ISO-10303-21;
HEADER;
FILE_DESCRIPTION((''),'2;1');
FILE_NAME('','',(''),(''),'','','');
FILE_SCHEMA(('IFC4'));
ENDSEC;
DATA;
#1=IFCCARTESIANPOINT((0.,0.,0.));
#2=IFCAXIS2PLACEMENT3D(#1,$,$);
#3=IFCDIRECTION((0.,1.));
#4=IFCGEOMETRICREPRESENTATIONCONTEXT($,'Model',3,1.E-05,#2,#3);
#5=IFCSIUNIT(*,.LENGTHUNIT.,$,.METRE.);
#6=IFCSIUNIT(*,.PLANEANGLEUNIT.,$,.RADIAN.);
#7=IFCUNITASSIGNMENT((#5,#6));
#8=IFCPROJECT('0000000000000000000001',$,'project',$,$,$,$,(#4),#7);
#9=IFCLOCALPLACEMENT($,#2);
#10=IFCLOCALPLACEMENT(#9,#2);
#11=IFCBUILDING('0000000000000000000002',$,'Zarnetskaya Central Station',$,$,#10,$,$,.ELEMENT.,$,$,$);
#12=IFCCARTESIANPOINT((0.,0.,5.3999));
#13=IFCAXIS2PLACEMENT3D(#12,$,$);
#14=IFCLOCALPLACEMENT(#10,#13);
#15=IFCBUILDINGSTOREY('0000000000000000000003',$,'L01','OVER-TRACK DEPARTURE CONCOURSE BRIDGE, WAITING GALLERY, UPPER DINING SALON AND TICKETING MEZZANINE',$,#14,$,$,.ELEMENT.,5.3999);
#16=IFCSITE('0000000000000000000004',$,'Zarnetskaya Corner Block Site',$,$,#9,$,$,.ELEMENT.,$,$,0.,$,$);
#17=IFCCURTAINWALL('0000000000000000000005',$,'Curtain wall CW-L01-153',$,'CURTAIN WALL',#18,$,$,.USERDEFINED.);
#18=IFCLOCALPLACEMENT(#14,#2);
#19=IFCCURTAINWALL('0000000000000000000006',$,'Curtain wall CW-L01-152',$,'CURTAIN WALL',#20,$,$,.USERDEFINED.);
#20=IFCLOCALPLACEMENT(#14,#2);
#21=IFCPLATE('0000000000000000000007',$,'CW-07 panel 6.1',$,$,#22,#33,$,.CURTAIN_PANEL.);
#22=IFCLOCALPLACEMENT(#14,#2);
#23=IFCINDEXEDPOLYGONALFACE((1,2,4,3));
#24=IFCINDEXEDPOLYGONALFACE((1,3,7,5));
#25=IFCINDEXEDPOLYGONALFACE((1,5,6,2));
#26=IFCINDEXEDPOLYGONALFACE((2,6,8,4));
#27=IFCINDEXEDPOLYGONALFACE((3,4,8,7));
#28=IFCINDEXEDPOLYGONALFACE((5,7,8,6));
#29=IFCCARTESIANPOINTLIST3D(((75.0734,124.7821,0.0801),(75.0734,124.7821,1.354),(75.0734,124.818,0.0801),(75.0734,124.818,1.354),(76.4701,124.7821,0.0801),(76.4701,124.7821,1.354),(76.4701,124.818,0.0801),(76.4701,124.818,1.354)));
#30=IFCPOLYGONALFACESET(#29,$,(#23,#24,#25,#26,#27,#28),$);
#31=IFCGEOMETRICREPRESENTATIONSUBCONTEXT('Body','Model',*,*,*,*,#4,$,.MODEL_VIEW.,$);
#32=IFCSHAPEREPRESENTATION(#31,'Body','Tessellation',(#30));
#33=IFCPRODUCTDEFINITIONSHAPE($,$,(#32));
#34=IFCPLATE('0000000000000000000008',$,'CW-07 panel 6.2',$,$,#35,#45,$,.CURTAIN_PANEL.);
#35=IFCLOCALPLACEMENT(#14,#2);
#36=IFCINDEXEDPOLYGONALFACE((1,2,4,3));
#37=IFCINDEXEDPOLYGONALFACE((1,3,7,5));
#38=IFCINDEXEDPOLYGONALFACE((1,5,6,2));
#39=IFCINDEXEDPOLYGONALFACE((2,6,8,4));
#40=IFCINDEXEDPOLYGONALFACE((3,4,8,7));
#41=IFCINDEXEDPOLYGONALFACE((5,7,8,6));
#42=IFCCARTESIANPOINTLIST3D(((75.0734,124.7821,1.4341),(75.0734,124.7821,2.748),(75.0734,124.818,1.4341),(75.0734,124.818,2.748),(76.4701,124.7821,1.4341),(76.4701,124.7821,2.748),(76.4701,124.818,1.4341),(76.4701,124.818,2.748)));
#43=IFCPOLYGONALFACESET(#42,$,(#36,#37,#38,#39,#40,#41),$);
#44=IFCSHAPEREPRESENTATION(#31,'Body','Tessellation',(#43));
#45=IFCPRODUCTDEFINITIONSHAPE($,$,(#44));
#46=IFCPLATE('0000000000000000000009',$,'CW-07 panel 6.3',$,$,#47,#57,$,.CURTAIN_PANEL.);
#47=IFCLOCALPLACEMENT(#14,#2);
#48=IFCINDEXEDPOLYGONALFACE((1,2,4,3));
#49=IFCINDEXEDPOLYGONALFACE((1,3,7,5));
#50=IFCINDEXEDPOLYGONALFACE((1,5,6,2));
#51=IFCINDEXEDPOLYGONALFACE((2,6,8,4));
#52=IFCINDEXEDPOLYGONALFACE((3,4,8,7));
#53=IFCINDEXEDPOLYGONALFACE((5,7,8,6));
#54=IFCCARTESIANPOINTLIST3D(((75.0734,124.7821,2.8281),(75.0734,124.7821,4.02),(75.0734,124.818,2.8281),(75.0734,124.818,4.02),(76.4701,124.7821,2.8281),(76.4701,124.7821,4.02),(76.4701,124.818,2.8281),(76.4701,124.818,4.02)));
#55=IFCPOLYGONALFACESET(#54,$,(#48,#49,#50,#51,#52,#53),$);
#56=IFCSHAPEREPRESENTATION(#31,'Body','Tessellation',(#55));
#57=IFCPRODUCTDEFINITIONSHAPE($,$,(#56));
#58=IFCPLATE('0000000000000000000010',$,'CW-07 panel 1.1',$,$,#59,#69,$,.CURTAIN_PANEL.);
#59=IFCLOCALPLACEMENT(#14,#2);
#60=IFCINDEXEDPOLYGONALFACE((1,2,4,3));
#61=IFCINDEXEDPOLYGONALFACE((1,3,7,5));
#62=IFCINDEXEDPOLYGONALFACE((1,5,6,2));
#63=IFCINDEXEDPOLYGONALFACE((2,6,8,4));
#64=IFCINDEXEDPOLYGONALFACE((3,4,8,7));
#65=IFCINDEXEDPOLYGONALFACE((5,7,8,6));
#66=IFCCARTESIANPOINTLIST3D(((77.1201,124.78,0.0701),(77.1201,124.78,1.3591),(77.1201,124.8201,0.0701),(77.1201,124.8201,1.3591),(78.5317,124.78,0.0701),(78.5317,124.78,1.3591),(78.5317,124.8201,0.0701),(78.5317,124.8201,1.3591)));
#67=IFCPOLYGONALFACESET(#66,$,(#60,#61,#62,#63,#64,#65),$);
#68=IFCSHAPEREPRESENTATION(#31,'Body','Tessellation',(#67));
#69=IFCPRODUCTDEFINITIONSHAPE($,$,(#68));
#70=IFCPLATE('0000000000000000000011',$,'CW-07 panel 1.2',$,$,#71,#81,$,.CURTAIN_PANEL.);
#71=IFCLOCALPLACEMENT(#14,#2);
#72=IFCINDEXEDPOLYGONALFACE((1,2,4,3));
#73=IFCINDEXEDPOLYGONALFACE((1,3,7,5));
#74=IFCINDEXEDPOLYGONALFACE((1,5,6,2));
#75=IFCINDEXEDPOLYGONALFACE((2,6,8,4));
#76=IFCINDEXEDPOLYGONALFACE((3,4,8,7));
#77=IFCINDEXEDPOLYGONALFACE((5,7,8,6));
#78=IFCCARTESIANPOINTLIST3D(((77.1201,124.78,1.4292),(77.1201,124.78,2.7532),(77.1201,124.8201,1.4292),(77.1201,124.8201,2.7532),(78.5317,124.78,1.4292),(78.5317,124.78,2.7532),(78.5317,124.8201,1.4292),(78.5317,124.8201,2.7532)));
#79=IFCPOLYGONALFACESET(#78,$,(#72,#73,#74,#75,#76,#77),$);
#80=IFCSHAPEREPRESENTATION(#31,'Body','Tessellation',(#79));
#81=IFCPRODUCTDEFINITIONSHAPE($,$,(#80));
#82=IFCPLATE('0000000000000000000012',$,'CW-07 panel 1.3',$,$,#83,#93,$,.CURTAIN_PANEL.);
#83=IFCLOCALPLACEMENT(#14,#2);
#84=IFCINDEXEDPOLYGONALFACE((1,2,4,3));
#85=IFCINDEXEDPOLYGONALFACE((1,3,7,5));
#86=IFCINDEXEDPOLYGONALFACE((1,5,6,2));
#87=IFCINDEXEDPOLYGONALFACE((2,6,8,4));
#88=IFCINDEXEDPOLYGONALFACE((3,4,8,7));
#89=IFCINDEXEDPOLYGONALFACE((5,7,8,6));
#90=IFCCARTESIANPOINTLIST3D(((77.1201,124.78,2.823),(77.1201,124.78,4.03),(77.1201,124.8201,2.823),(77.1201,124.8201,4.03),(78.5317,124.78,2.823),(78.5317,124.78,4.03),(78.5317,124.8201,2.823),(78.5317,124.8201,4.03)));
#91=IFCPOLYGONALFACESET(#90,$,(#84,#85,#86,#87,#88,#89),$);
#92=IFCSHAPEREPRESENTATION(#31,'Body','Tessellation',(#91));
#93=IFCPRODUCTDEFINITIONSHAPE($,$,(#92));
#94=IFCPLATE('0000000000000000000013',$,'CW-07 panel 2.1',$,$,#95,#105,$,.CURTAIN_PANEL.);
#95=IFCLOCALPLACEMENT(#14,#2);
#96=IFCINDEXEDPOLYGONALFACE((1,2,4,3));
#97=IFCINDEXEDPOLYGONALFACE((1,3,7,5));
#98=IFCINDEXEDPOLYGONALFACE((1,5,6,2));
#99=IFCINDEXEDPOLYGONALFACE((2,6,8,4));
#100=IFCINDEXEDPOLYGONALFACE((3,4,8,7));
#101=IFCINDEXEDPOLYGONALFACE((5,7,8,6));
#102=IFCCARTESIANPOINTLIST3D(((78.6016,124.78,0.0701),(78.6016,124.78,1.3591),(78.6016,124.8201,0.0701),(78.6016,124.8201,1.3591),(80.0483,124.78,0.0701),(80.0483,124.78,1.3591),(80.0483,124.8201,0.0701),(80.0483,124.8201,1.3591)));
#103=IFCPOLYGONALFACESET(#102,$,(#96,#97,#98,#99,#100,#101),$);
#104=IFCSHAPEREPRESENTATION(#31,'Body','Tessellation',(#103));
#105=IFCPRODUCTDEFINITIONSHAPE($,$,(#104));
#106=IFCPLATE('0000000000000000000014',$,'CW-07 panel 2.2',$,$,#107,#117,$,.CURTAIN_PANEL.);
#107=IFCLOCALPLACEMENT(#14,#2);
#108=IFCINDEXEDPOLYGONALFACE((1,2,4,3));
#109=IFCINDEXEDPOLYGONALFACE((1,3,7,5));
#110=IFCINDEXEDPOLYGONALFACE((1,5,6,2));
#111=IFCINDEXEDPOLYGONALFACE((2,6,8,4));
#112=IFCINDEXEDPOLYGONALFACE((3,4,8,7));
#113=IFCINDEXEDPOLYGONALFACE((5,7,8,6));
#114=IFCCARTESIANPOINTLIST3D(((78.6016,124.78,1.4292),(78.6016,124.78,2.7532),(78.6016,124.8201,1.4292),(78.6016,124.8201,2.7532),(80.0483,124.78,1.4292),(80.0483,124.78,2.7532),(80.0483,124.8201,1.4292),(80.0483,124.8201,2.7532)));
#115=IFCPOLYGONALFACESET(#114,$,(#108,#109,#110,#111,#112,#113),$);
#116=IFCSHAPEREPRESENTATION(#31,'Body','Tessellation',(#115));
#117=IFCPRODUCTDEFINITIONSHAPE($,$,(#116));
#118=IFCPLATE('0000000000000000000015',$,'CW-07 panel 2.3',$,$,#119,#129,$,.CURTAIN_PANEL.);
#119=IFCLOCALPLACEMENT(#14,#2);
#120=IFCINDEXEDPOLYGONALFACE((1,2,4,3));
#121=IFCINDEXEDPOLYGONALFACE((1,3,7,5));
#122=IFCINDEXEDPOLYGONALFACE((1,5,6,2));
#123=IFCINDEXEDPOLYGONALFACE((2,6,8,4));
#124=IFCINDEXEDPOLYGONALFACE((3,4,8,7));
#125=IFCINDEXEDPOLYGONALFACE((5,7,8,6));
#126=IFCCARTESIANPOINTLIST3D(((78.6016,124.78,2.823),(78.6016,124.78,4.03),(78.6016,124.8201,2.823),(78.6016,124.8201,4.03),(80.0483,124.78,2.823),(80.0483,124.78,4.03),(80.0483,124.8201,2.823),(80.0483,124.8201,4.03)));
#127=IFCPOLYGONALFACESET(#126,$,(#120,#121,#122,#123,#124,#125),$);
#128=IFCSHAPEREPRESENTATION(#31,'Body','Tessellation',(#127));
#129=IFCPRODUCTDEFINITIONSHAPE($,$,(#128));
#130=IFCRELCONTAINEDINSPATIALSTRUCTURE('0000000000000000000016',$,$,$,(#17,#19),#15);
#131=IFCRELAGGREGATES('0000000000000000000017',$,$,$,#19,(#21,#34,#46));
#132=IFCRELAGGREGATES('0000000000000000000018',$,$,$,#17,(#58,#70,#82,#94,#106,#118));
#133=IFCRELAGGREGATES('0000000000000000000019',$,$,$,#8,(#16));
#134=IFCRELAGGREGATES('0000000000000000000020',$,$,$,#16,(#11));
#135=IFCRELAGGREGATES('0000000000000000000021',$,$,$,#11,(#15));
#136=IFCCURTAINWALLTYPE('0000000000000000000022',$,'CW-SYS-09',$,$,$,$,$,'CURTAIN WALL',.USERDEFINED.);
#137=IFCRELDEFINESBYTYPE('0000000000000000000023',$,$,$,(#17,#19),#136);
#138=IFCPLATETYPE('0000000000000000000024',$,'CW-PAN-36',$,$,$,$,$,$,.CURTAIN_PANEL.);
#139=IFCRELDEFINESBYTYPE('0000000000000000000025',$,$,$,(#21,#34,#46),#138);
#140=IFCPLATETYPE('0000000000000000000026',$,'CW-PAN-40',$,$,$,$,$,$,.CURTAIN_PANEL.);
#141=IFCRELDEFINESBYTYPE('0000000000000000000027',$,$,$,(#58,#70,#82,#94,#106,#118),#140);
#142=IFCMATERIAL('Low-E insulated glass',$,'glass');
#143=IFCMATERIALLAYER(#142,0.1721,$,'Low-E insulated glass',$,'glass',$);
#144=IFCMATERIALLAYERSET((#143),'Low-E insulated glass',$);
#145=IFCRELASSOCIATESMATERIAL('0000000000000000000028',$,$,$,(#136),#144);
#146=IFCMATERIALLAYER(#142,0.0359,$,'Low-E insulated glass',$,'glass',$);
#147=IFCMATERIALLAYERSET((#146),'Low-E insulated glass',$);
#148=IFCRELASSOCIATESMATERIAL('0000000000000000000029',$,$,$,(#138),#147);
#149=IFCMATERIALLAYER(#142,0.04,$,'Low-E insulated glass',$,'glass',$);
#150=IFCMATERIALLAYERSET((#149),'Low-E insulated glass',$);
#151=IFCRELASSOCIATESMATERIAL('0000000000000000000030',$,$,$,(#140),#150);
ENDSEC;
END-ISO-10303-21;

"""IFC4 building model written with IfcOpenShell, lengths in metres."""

from ifc_helpers import new_model, si_unit, direction, frame, origin, origin_2d, place, context, subcontext, project, spatial, rectangle, extrude, material, layer, layer_set, type_object, element, aggregate, save


model = new_model("IFC4")

# Units and contexts
model_context = context("Model", 3, precision=1e-05, world=origin(), true_north=direction((0.0, 1.0)))
body_context = subcontext(model_context, "Body", "Model", "MODEL_VIEW")
ifc_project = project(units=[si_unit("LENGTHUNIT", "METRE"), si_unit("PLANEANGLEUNIT", "RADIAN")], contexts=[model_context])

# Site, building, storey
site_placement = place(None, origin())
site = spatial("IfcSite", under=ifc_project, at=site_placement, Name="Zarnetskaya Corner Block Site", CompositionType="ELEMENT", RefElevation=0.0)
building_placement = place(site_placement, origin())
building = spatial("IfcBuilding", under=site, at=building_placement, Name="Zarnetskaya Central Station", CompositionType="ELEMENT")
storey_placement = place(building_placement, frame((0.0, 0.0, 5.3999)))
storey = spatial("IfcBuildingStorey", under=building, at=storey_placement, Name="L01", Description="OVER-TRACK DEPARTURE CONCOURSE BRIDGE, WAITING GALLERY, UPPER DINING SALON AND TICKETING MEZZANINE", CompositionType="ELEMENT", Elevation=5.3999)

# Curtain wall
ifc_material_1 = material(Name="Low-E insulated glass", Category="glass")
ifc_layer_1 = layer(ifc_material_1, 0.1721, Name="Low-E insulated glass", Category="glass")
ifc_layer_set_1 = layer_set([ifc_layer_1], Name="Low-E insulated glass")
curtain_wall_type = type_object("IfcCurtainWallType", Name="CW-SYS-09", ElementType="CURTAIN WALL", PredefinedType="USERDEFINED", material=ifc_layer_set_1)
curtain_wall_1_placement = place(storey_placement, origin())
curtain_wall_1 = element("IfcCurtainWall", 1, at=curtain_wall_1_placement, inside=storey, type_object=curtain_wall_type, Name="Curtain wall CW-L01-153", ObjectType="CURTAIN WALL", PredefinedType="USERDEFINED")

# Curtain wall
curtain_wall_2_placement = place(storey_placement, origin())
curtain_wall_2 = element("IfcCurtainWall", 2, at=curtain_wall_2_placement, inside=storey, type_object=curtain_wall_type, Name="Curtain wall CW-L01-152", ObjectType="CURTAIN WALL", PredefinedType="USERDEFINED")

# Plates
ifc_layer_2 = layer(ifc_material_1, 0.0359, Name="Low-E insulated glass", Category="glass")
ifc_layer_set_2 = layer_set([ifc_layer_2], Name="Low-E insulated glass")
plate_type_1 = type_object("IfcPlateType", Name="CW-PAN-36", PredefinedType="CURTAIN_PANEL", material=ifc_layer_set_2)
plate_1_placement = place(storey_placement, frame((75.7717, 124.8, 0.0801), z_axis=(0.0, 0.0, 1.0), x_axis=(1.0, 0.0, 0.0)))
plate_1 = element("IfcPlate", 3, at=plate_1_placement, type_object=plate_type_1, Name="CW-07 panel 6.1", PredefinedType="CURTAIN_PANEL", context=body_context, shape_type="SweptSolid", body=[
    extrude(rectangle(XDim=1.3967, YDim=0.0359, at=origin_2d()), origin(), (0.0, 0.0, 1.0), 1.2739),
])
plate_2_placement = place(storey_placement, frame((75.7717, 124.8, 1.4341), z_axis=(0.0, 0.0, 1.0), x_axis=(1.0, 0.0, 0.0)))
plate_2 = element("IfcPlate", 4, at=plate_2_placement, type_object=plate_type_1, Name="CW-07 panel 6.2", PredefinedType="CURTAIN_PANEL", context=body_context, shape_type="SweptSolid", body=[
    extrude(rectangle(XDim=1.3967, YDim=0.0359, at=origin_2d()), origin(), (0.0, 0.0, 1.0), 1.314),
])
plate_3_placement = place(storey_placement, frame((75.7717, 124.8, 2.8281), z_axis=(0.0, 0.0, 1.0), x_axis=(1.0, 0.0, 0.0)))
plate_3 = element("IfcPlate", 5, at=plate_3_placement, type_object=plate_type_1, Name="CW-07 panel 6.3", PredefinedType="CURTAIN_PANEL", context=body_context, shape_type="SweptSolid", body=[
    extrude(rectangle(XDim=1.3967, YDim=0.0359, at=origin_2d()), origin(), (0.0, 0.0, 1.0), 1.1919),
])
aggregate(curtain_wall_2, [plate_1, plate_2, plate_3])
ifc_layer_3 = layer(ifc_material_1, 0.04, Name="Low-E insulated glass", Category="glass")
ifc_layer_set_3 = layer_set([ifc_layer_3], Name="Low-E insulated glass")
plate_type_2 = type_object("IfcPlateType", Name="CW-PAN-40", PredefinedType="CURTAIN_PANEL", material=ifc_layer_set_3)
plate_4_placement = place(storey_placement, frame((77.8259, 124.8, 0.0701), z_axis=(0.0, 0.0, 1.0), x_axis=(1.0, 0.0, 0.0)))
plate_4 = element("IfcPlate", 6, at=plate_4_placement, type_object=plate_type_2, Name="CW-07 panel 1.1", PredefinedType="CURTAIN_PANEL", context=body_context, shape_type="SweptSolid", body=[
    extrude(rectangle(XDim=1.4116, YDim=0.04, at=origin_2d()), origin(), (0.0, 0.0, 1.0), 1.2891),
])
plate_5_placement = place(storey_placement, frame((77.8259, 124.8, 1.4292), z_axis=(0.0, 0.0, 1.0), x_axis=(1.0, 0.0, 0.0)))
plate_5 = element("IfcPlate", 7, at=plate_5_placement, type_object=plate_type_2, Name="CW-07 panel 1.2", PredefinedType="CURTAIN_PANEL", context=body_context, shape_type="SweptSolid", body=[
    extrude(rectangle(XDim=1.4116, YDim=0.04, at=origin_2d()), origin(), (0.0, 0.0, 1.0), 1.324),
])
plate_6_placement = place(storey_placement, frame((77.8259, 124.8, 2.823), z_axis=(0.0, 0.0, 1.0), x_axis=(1.0, 0.0, 0.0)))
plate_6 = element("IfcPlate", 8, at=plate_6_placement, type_object=plate_type_2, Name="CW-07 panel 1.3", PredefinedType="CURTAIN_PANEL", context=body_context, shape_type="SweptSolid", body=[
    extrude(rectangle(XDim=1.4116, YDim=0.04, at=origin_2d()), origin(), (0.0, 0.0, 1.0), 1.207),
])
plate_7_placement = place(storey_placement, frame((79.325, 124.8, 0.0701), z_axis=(0.0, 0.0, 1.0), x_axis=(1.0, 0.0, 0.0)))
plate_7 = element("IfcPlate", 9, at=plate_7_placement, type_object=plate_type_2, Name="CW-07 panel 2.1", PredefinedType="CURTAIN_PANEL", context=body_context, shape_type="SweptSolid", body=[
    extrude(rectangle(XDim=1.4468, YDim=0.04, at=origin_2d()), origin(), (0.0, 0.0, 1.0), 1.2891),
])
plate_8_placement = place(storey_placement, frame((79.325, 124.8, 1.4292), z_axis=(0.0, 0.0, 1.0), x_axis=(1.0, 0.0, 0.0)))
plate_8 = element("IfcPlate", 10, at=plate_8_placement, type_object=plate_type_2, Name="CW-07 panel 2.2", PredefinedType="CURTAIN_PANEL", context=body_context, shape_type="SweptSolid", body=[
    extrude(rectangle(XDim=1.4468, YDim=0.04, at=origin_2d()), origin(), (0.0, 0.0, 1.0), 1.324),
])
plate_9_placement = place(storey_placement, frame((79.325, 124.8, 2.823), z_axis=(0.0, 0.0, 1.0), x_axis=(1.0, 0.0, 0.0)))
plate_9 = element("IfcPlate", 11, at=plate_9_placement, type_object=plate_type_2, Name="CW-07 panel 2.3", PredefinedType="CURTAIN_PANEL", context=body_context, shape_type="SweptSolid", body=[
    extrude(rectangle(XDim=1.4468, YDim=0.04, at=origin_2d()), origin(), (0.0, 0.0, 1.0), 1.207),
])
aggregate(curtain_wall_1, [plate_4, plate_5, plate_6, plate_7, plate_8, plate_9])

save(model, "model.ifc")
